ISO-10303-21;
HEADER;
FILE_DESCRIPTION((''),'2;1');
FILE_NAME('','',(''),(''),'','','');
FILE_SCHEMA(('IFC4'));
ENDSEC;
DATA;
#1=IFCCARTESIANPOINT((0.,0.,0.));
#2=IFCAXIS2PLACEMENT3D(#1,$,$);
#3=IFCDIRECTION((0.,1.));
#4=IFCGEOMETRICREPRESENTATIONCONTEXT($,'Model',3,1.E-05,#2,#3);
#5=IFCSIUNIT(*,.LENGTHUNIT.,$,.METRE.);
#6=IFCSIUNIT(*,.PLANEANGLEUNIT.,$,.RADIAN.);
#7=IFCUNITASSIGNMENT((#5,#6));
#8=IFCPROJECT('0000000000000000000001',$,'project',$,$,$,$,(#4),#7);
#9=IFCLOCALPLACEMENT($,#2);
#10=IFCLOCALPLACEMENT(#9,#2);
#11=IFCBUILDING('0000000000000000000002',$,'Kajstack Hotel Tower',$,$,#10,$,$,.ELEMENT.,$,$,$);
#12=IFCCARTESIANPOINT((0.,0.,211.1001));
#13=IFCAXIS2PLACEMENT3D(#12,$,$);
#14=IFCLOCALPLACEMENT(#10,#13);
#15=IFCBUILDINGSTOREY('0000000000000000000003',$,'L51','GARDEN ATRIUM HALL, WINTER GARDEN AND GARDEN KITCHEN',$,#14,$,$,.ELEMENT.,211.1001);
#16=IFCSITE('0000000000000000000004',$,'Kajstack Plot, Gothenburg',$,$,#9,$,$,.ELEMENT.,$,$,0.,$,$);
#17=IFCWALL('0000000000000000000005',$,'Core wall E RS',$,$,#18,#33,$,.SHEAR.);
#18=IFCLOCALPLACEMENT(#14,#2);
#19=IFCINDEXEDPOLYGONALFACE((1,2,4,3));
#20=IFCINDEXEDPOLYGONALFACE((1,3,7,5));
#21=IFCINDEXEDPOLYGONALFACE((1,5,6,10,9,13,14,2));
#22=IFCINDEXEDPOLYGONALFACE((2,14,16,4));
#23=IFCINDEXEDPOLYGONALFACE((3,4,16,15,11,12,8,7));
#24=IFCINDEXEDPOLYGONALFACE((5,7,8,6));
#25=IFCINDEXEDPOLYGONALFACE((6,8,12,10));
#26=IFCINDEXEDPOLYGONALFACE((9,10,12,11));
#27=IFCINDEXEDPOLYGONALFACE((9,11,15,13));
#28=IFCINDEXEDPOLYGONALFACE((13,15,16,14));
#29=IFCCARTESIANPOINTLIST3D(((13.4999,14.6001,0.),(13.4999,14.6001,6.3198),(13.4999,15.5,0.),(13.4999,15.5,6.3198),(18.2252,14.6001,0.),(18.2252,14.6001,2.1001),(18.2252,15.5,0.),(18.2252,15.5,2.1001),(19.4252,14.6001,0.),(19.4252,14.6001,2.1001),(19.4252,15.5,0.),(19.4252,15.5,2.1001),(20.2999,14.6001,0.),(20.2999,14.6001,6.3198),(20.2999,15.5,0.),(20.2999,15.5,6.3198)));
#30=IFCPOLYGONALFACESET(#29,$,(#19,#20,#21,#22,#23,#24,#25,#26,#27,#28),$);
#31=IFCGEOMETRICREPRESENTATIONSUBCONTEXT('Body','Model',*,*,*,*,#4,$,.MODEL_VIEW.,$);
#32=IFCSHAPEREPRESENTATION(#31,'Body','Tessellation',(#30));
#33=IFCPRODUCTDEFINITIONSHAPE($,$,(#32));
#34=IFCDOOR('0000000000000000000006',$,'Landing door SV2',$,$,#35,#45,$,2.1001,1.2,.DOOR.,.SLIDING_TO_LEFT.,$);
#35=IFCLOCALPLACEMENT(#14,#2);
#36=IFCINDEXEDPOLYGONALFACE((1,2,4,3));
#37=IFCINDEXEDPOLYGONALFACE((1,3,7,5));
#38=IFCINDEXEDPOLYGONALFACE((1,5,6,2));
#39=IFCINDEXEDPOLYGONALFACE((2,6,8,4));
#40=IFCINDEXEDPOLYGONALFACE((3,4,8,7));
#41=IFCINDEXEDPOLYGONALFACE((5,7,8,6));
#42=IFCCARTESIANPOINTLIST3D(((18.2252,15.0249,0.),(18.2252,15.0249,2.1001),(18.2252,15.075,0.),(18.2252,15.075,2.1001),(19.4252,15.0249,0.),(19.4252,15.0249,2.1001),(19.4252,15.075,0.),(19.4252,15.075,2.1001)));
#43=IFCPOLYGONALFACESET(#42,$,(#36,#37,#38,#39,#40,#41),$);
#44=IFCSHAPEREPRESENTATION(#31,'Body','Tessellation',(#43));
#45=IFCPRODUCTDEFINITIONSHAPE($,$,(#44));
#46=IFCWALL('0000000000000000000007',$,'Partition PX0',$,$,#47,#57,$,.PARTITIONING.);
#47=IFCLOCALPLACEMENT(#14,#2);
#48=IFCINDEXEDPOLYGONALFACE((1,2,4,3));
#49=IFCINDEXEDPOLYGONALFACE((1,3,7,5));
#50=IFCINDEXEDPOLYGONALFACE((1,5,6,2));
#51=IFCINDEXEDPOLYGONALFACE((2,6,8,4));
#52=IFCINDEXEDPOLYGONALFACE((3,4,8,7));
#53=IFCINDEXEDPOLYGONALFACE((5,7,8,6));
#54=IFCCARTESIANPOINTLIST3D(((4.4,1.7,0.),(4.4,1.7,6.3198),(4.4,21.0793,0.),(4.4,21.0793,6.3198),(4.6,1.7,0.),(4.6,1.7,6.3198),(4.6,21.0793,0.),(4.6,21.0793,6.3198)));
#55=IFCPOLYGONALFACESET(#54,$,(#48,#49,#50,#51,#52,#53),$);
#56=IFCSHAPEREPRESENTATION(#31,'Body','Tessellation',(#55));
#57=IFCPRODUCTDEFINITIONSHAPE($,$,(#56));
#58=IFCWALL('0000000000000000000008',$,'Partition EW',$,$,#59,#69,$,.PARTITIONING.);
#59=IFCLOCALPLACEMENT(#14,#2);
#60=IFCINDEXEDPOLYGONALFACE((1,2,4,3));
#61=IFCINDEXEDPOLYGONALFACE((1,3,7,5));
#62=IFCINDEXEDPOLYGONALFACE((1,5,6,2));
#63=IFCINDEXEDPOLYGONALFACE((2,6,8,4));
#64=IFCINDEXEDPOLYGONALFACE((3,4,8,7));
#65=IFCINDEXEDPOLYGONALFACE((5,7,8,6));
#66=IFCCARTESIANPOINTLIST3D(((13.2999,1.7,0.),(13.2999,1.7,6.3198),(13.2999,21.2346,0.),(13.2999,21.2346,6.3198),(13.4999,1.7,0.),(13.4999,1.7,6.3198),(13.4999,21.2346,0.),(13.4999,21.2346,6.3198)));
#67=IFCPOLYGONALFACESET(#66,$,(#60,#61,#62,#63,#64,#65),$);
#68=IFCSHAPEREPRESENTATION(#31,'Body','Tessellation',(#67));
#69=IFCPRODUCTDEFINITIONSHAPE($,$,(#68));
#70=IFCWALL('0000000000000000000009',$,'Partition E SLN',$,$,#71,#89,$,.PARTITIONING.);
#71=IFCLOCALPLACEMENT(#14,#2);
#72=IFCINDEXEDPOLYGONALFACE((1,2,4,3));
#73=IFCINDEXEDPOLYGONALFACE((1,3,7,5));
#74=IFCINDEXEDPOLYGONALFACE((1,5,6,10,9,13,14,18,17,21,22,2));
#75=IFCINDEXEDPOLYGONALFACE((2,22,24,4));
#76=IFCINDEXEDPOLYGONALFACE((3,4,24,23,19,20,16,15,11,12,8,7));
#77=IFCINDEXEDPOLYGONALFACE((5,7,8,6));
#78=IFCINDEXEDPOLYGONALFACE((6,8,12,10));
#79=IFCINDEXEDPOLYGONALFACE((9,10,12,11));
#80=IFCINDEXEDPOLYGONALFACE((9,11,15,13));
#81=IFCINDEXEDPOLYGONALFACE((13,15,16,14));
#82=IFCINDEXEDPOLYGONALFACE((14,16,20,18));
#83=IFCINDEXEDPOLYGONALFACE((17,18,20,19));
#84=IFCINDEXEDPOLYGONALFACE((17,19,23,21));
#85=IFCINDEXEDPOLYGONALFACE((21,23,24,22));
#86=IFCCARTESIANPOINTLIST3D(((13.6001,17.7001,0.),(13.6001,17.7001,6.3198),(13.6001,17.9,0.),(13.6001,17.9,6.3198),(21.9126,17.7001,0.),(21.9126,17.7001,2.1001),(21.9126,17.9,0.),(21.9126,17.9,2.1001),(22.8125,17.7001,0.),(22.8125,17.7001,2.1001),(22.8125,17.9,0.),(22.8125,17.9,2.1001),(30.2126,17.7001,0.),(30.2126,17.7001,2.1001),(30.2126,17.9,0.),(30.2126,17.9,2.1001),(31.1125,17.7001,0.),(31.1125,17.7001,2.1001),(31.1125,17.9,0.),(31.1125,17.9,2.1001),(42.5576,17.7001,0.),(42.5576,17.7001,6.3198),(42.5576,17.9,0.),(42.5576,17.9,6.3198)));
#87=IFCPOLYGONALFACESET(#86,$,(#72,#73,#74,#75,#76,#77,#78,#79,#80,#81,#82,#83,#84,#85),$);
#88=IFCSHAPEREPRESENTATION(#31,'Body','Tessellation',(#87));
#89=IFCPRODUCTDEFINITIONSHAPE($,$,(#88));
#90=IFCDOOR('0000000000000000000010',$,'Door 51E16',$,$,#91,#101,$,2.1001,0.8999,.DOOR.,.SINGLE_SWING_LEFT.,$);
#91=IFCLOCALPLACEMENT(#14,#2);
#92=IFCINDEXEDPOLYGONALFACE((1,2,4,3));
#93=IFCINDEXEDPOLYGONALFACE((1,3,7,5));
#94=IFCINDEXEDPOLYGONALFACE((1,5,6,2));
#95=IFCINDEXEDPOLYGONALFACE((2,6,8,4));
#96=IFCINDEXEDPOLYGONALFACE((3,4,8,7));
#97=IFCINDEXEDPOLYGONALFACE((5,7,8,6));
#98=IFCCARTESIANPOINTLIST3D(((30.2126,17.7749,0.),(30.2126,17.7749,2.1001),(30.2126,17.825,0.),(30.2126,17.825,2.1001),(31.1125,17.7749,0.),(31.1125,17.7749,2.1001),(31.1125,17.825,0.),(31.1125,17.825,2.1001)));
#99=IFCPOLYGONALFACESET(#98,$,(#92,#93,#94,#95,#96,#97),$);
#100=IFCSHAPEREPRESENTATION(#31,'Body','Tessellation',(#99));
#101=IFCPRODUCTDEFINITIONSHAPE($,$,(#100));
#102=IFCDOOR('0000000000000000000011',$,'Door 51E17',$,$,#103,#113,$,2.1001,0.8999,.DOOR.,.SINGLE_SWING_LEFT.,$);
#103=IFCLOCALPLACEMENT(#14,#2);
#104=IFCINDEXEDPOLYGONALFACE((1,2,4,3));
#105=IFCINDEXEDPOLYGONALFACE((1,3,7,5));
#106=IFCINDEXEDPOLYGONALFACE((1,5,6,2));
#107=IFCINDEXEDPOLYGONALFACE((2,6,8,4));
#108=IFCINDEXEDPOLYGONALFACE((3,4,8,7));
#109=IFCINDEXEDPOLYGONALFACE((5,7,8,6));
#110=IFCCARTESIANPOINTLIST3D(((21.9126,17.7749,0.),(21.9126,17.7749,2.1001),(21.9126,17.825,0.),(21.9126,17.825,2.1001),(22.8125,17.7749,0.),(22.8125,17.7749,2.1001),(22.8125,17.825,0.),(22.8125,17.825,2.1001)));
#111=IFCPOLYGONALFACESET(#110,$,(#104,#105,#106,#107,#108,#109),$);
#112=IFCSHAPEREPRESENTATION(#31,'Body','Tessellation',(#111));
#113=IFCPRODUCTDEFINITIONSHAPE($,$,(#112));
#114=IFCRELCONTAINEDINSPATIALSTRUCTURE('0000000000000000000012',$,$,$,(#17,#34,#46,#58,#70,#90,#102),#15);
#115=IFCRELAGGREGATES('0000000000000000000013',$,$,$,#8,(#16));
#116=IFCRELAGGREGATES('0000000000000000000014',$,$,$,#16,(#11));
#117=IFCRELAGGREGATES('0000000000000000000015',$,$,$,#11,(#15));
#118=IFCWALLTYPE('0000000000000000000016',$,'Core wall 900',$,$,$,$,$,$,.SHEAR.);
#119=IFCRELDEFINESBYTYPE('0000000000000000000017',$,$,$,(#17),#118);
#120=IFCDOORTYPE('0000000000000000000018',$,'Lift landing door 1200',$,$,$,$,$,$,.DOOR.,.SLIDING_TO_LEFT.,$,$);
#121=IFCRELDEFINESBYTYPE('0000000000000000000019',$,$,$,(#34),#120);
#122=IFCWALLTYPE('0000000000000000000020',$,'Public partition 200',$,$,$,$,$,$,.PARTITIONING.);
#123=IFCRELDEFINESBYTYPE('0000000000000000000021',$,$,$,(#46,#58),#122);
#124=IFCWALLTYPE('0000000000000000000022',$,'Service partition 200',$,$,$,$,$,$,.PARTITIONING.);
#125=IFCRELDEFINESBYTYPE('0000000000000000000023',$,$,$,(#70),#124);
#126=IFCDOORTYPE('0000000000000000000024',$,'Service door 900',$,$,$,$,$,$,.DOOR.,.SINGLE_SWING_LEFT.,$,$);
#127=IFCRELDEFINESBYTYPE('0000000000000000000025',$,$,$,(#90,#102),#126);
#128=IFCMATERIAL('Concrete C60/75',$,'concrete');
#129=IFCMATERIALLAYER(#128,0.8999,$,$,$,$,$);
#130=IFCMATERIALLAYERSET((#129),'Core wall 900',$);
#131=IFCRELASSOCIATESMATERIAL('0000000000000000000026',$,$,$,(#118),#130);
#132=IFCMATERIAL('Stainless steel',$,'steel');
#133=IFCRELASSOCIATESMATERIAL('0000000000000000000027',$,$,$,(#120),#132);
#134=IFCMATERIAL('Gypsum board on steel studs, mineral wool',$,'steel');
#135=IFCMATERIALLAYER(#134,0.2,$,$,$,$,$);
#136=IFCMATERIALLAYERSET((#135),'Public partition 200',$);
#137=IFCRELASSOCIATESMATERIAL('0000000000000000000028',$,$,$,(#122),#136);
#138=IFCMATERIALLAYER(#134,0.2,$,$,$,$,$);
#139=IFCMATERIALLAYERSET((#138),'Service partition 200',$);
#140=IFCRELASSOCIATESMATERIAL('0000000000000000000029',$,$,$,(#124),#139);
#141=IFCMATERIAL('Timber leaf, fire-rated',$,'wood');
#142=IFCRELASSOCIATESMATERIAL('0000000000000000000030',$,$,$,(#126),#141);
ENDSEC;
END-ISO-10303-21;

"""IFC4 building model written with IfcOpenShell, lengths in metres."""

from ifc_helpers import new_model, si_unit, direction, frame, frame_2d, origin, place, context, subcontext, project, spatial, rectangle, extrude, material, layer, layer_set, type_object, element, fill, save


model = new_model("IFC4")

# Units and contexts
model_context = context("Model", 3, precision=1e-05, world=origin(), true_north=direction((0.0, 1.0)))
body_context = subcontext(model_context, "Body", "Model", "MODEL_VIEW")
ifc_project = project(units=[si_unit("LENGTHUNIT", "METRE"), si_unit("PLANEANGLEUNIT", "RADIAN")], contexts=[model_context])

# Site, building, storey
site_placement = place(None, origin())
site = spatial("IfcSite", under=ifc_project, at=site_placement, Name="Kajstack Plot, Gothenburg", CompositionType="ELEMENT", RefElevation=0.0)
building_placement = place(site_placement, origin())
building = spatial("IfcBuilding", under=site, at=building_placement, Name="Kajstack Hotel Tower", CompositionType="ELEMENT")
storey_placement = place(building_placement, frame((0.0, 0.0, 211.1001)))
storey = spatial("IfcBuildingStorey", under=building, at=storey_placement, Name="L51", Description="GARDEN ATRIUM HALL, WINTER GARDEN AND GARDEN KITCHEN", CompositionType="ELEMENT", Elevation=211.1001)

# Shared definitions
ifc_material_1 = material(Name="Concrete C60/75", Category="concrete")

# Wall, opening, door
ifc_layer_1 = layer(ifc_material_1, 0.8999)
ifc_layer_set_1 = layer_set([ifc_layer_1], Name="Core wall 900")
wall_type_1 = type_object("IfcWallType", Name="Core wall 900", PredefinedType="SHEAR", material=ifc_layer_set_1)
wall_1_placement = place(storey_placement, frame((13.5, 15.05, 0.0), z_axis=(0.0, 0.0, 1.0), x_axis=(1.0, 0.0, 0.0)))
wall_1 = element("IfcWall", 1, at=wall_1_placement, inside=storey, type_object=wall_type_1, Name="Core wall E RS", PredefinedType="SHEAR", context=body_context, shape_type="SweptSolid", body=[
    extrude(rectangle(XDim=6.8, YDim=0.8999, at=frame_2d((3.3999, 0.0))), origin(), (0.0, 0.0, 1.0), 6.3198),
])
opening_1_placement = place(wall_1_placement, frame((4.7251, 0.0, 0.0)))
opening_1 = element("IfcOpeningElement", 2, at=opening_1_placement, cuts=wall_1, PredefinedType="OPENING", context=body_context, shape_type="SweptSolid", body=[
    extrude(rectangle(XDim=1.2, YDim=2.1001, at=frame_2d((0.6001, 1.05))), frame((0.0, 0.46, 0.0), z_axis=(0.0, -1.0, 0.0), x_axis=(1.0, 0.0, 0.0)), (0.0, 0.0, 1.0), 0.9199),
])
ifc_material_2 = material(Name="Stainless steel", Category="steel")
door_type_1 = type_object("IfcDoorType", Name="Lift landing door 1200", OperationType="SLIDING_TO_LEFT", PredefinedType="DOOR", material=ifc_material_2)
door_1_placement = place(opening_1_placement, origin())
door_1 = element("IfcDoor", 3, at=door_1_placement, inside=storey, type_object=door_type_1, Name="Landing door SV2", OperationType="SLIDING_TO_LEFT", OverallHeight=2.1001, OverallWidth=1.2, PredefinedType="DOOR", context=body_context, shape_type="SweptSolid", body=[
    extrude(rectangle(XDim=1.2, YDim=2.1001, at=frame_2d((0.6001, 1.05))), frame((0.0, 0.0249, 0.0), z_axis=(0.0, -1.0, 0.0), x_axis=(1.0, 0.0, 0.0)), (0.0, 0.0, 1.0), 0.05),
])
fill(opening_1, door_1)

# Walls
ifc_material_3 = material(Name="Gypsum board on steel studs, mineral wool", Category="steel")
ifc_layer_2 = layer(ifc_material_3, 0.2)
ifc_layer_set_2 = layer_set([ifc_layer_2], Name="Public partition 200")
wall_type_2 = type_object("IfcWallType", Name="Public partition 200", PredefinedType="PARTITIONING", material=ifc_layer_set_2)
wall_2_placement = place(storey_placement, frame((4.5, 1.7, 0.0), z_axis=(0.0, 0.0, 1.0), x_axis=(0.0, 1.0, 0.0)))
element("IfcWall", 4, at=wall_2_placement, inside=storey, type_object=wall_type_2, Name="Partition PX0", PredefinedType="PARTITIONING", context=body_context, shape_type="SweptSolid", body=[
    extrude(rectangle(XDim=19.3794, YDim=0.2, at=frame_2d((9.6897, 0.0))), origin(), (0.0, 0.0, 1.0), 6.3198),
])
wall_3_placement = place(storey_placement, frame((13.3999, 1.7, 0.0), z_axis=(0.0, 0.0, 1.0), x_axis=(0.0, 1.0, 0.0)))
element("IfcWall", 5, at=wall_3_placement, inside=storey, type_object=wall_type_2, Name="Partition EW", PredefinedType="PARTITIONING", context=body_context, shape_type="SweptSolid", body=[
    extrude(rectangle(XDim=19.5347, YDim=0.2, at=frame_2d((9.7673, 0.0))), origin(), (0.0, 0.0, 1.0), 6.3198),
])

# Wall, openings, doors
ifc_layer_3 = layer(ifc_material_3, 0.2)
ifc_layer_set_3 = layer_set([ifc_layer_3], Name="Service partition 200")
wall_type_3 = type_object("IfcWallType", Name="Service partition 200", PredefinedType="PARTITIONING", material=ifc_layer_set_3)
wall_4_placement = place(storey_placement, frame((13.6001, 17.8, 0.0), z_axis=(0.0, 0.0, 1.0), x_axis=(1.0, 0.0, 0.0)))
wall_4 = element("IfcWall", 6, at=wall_4_placement, inside=storey, type_object=wall_type_3, Name="Partition E SLN", PredefinedType="PARTITIONING", context=body_context, shape_type="SweptSolid", body=[
    extrude(rectangle(XDim=28.9575, YDim=0.2, at=frame_2d((14.4788, 0.0))), origin(), (0.0, 0.0, 1.0), 6.3198),
])
opening_2_placement = place(wall_4_placement, frame((16.6125, 0.0, 0.0)))
opening_2 = element("IfcOpeningElement", 7, at=opening_2_placement, cuts=wall_4, PredefinedType="OPENING", context=body_context, shape_type="SweptSolid", body=[
    extrude(rectangle(XDim=0.8999, YDim=2.1001, at=frame_2d((0.45, 1.05))), frame((0.0, 0.1099, 0.0), z_axis=(0.0, -1.0, 0.0), x_axis=(1.0, 0.0, 0.0)), (0.0, 0.0, 1.0), 0.22),
])
opening_3_placement = place(wall_4_placement, frame((8.3125, 0.0, 0.0)))
opening_3 = element("IfcOpeningElement", 8, at=opening_3_placement, cuts=wall_4, PredefinedType="OPENING", context=body_context, shape_type="SweptSolid", body=[
    extrude(rectangle(XDim=0.8999, YDim=2.1001, at=frame_2d((0.45, 1.05))), frame((0.0, 0.1099, 0.0), z_axis=(0.0, -1.0, 0.0), x_axis=(1.0, 0.0, 0.0)), (0.0, 0.0, 1.0), 0.22),
])
ifc_material_4 = material(Name="Timber leaf, fire-rated", Category="wood")
door_type_2 = type_object("IfcDoorType", Name="Service door 900", OperationType="SINGLE_SWING_LEFT", PredefinedType="DOOR", material=ifc_material_4)
door_2_placement = place(opening_2_placement, origin())
door_2 = element("IfcDoor", 9, at=door_2_placement, inside=storey, type_object=door_type_2, Name="Door 51E16", OperationType="SINGLE_SWING_LEFT", OverallHeight=2.1001, OverallWidth=0.8999, PredefinedType="DOOR", context=body_context, shape_type="SweptSolid", body=[
    extrude(rectangle(XDim=0.8999, YDim=2.1001, at=frame_2d((0.45, 1.05))), frame((0.0, 0.0249, 0.0), z_axis=(0.0, -1.0, 0.0), x_axis=(1.0, 0.0, 0.0)), (0.0, 0.0, 1.0), 0.05),
])
fill(opening_2, door_2)
door_3_placement = place(opening_3_placement, origin())
door_3 = element("IfcDoor", 10, at=door_3_placement, inside=storey, type_object=door_type_2, Name="Door 51E17", OperationType="SINGLE_SWING_LEFT", OverallHeight=2.1001, OverallWidth=0.8999, PredefinedType="DOOR", context=body_context, shape_type="SweptSolid", body=[
    extrude(rectangle(XDim=0.8999, YDim=2.1001, at=frame_2d((0.45, 1.05))), frame((0.0, 0.0249, 0.0), z_axis=(0.0, -1.0, 0.0), x_axis=(1.0, 0.0, 0.0)), (0.0, 0.0, 1.0), 0.05),
])
fill(opening_3, door_3)

save(model, "model.ifc")
